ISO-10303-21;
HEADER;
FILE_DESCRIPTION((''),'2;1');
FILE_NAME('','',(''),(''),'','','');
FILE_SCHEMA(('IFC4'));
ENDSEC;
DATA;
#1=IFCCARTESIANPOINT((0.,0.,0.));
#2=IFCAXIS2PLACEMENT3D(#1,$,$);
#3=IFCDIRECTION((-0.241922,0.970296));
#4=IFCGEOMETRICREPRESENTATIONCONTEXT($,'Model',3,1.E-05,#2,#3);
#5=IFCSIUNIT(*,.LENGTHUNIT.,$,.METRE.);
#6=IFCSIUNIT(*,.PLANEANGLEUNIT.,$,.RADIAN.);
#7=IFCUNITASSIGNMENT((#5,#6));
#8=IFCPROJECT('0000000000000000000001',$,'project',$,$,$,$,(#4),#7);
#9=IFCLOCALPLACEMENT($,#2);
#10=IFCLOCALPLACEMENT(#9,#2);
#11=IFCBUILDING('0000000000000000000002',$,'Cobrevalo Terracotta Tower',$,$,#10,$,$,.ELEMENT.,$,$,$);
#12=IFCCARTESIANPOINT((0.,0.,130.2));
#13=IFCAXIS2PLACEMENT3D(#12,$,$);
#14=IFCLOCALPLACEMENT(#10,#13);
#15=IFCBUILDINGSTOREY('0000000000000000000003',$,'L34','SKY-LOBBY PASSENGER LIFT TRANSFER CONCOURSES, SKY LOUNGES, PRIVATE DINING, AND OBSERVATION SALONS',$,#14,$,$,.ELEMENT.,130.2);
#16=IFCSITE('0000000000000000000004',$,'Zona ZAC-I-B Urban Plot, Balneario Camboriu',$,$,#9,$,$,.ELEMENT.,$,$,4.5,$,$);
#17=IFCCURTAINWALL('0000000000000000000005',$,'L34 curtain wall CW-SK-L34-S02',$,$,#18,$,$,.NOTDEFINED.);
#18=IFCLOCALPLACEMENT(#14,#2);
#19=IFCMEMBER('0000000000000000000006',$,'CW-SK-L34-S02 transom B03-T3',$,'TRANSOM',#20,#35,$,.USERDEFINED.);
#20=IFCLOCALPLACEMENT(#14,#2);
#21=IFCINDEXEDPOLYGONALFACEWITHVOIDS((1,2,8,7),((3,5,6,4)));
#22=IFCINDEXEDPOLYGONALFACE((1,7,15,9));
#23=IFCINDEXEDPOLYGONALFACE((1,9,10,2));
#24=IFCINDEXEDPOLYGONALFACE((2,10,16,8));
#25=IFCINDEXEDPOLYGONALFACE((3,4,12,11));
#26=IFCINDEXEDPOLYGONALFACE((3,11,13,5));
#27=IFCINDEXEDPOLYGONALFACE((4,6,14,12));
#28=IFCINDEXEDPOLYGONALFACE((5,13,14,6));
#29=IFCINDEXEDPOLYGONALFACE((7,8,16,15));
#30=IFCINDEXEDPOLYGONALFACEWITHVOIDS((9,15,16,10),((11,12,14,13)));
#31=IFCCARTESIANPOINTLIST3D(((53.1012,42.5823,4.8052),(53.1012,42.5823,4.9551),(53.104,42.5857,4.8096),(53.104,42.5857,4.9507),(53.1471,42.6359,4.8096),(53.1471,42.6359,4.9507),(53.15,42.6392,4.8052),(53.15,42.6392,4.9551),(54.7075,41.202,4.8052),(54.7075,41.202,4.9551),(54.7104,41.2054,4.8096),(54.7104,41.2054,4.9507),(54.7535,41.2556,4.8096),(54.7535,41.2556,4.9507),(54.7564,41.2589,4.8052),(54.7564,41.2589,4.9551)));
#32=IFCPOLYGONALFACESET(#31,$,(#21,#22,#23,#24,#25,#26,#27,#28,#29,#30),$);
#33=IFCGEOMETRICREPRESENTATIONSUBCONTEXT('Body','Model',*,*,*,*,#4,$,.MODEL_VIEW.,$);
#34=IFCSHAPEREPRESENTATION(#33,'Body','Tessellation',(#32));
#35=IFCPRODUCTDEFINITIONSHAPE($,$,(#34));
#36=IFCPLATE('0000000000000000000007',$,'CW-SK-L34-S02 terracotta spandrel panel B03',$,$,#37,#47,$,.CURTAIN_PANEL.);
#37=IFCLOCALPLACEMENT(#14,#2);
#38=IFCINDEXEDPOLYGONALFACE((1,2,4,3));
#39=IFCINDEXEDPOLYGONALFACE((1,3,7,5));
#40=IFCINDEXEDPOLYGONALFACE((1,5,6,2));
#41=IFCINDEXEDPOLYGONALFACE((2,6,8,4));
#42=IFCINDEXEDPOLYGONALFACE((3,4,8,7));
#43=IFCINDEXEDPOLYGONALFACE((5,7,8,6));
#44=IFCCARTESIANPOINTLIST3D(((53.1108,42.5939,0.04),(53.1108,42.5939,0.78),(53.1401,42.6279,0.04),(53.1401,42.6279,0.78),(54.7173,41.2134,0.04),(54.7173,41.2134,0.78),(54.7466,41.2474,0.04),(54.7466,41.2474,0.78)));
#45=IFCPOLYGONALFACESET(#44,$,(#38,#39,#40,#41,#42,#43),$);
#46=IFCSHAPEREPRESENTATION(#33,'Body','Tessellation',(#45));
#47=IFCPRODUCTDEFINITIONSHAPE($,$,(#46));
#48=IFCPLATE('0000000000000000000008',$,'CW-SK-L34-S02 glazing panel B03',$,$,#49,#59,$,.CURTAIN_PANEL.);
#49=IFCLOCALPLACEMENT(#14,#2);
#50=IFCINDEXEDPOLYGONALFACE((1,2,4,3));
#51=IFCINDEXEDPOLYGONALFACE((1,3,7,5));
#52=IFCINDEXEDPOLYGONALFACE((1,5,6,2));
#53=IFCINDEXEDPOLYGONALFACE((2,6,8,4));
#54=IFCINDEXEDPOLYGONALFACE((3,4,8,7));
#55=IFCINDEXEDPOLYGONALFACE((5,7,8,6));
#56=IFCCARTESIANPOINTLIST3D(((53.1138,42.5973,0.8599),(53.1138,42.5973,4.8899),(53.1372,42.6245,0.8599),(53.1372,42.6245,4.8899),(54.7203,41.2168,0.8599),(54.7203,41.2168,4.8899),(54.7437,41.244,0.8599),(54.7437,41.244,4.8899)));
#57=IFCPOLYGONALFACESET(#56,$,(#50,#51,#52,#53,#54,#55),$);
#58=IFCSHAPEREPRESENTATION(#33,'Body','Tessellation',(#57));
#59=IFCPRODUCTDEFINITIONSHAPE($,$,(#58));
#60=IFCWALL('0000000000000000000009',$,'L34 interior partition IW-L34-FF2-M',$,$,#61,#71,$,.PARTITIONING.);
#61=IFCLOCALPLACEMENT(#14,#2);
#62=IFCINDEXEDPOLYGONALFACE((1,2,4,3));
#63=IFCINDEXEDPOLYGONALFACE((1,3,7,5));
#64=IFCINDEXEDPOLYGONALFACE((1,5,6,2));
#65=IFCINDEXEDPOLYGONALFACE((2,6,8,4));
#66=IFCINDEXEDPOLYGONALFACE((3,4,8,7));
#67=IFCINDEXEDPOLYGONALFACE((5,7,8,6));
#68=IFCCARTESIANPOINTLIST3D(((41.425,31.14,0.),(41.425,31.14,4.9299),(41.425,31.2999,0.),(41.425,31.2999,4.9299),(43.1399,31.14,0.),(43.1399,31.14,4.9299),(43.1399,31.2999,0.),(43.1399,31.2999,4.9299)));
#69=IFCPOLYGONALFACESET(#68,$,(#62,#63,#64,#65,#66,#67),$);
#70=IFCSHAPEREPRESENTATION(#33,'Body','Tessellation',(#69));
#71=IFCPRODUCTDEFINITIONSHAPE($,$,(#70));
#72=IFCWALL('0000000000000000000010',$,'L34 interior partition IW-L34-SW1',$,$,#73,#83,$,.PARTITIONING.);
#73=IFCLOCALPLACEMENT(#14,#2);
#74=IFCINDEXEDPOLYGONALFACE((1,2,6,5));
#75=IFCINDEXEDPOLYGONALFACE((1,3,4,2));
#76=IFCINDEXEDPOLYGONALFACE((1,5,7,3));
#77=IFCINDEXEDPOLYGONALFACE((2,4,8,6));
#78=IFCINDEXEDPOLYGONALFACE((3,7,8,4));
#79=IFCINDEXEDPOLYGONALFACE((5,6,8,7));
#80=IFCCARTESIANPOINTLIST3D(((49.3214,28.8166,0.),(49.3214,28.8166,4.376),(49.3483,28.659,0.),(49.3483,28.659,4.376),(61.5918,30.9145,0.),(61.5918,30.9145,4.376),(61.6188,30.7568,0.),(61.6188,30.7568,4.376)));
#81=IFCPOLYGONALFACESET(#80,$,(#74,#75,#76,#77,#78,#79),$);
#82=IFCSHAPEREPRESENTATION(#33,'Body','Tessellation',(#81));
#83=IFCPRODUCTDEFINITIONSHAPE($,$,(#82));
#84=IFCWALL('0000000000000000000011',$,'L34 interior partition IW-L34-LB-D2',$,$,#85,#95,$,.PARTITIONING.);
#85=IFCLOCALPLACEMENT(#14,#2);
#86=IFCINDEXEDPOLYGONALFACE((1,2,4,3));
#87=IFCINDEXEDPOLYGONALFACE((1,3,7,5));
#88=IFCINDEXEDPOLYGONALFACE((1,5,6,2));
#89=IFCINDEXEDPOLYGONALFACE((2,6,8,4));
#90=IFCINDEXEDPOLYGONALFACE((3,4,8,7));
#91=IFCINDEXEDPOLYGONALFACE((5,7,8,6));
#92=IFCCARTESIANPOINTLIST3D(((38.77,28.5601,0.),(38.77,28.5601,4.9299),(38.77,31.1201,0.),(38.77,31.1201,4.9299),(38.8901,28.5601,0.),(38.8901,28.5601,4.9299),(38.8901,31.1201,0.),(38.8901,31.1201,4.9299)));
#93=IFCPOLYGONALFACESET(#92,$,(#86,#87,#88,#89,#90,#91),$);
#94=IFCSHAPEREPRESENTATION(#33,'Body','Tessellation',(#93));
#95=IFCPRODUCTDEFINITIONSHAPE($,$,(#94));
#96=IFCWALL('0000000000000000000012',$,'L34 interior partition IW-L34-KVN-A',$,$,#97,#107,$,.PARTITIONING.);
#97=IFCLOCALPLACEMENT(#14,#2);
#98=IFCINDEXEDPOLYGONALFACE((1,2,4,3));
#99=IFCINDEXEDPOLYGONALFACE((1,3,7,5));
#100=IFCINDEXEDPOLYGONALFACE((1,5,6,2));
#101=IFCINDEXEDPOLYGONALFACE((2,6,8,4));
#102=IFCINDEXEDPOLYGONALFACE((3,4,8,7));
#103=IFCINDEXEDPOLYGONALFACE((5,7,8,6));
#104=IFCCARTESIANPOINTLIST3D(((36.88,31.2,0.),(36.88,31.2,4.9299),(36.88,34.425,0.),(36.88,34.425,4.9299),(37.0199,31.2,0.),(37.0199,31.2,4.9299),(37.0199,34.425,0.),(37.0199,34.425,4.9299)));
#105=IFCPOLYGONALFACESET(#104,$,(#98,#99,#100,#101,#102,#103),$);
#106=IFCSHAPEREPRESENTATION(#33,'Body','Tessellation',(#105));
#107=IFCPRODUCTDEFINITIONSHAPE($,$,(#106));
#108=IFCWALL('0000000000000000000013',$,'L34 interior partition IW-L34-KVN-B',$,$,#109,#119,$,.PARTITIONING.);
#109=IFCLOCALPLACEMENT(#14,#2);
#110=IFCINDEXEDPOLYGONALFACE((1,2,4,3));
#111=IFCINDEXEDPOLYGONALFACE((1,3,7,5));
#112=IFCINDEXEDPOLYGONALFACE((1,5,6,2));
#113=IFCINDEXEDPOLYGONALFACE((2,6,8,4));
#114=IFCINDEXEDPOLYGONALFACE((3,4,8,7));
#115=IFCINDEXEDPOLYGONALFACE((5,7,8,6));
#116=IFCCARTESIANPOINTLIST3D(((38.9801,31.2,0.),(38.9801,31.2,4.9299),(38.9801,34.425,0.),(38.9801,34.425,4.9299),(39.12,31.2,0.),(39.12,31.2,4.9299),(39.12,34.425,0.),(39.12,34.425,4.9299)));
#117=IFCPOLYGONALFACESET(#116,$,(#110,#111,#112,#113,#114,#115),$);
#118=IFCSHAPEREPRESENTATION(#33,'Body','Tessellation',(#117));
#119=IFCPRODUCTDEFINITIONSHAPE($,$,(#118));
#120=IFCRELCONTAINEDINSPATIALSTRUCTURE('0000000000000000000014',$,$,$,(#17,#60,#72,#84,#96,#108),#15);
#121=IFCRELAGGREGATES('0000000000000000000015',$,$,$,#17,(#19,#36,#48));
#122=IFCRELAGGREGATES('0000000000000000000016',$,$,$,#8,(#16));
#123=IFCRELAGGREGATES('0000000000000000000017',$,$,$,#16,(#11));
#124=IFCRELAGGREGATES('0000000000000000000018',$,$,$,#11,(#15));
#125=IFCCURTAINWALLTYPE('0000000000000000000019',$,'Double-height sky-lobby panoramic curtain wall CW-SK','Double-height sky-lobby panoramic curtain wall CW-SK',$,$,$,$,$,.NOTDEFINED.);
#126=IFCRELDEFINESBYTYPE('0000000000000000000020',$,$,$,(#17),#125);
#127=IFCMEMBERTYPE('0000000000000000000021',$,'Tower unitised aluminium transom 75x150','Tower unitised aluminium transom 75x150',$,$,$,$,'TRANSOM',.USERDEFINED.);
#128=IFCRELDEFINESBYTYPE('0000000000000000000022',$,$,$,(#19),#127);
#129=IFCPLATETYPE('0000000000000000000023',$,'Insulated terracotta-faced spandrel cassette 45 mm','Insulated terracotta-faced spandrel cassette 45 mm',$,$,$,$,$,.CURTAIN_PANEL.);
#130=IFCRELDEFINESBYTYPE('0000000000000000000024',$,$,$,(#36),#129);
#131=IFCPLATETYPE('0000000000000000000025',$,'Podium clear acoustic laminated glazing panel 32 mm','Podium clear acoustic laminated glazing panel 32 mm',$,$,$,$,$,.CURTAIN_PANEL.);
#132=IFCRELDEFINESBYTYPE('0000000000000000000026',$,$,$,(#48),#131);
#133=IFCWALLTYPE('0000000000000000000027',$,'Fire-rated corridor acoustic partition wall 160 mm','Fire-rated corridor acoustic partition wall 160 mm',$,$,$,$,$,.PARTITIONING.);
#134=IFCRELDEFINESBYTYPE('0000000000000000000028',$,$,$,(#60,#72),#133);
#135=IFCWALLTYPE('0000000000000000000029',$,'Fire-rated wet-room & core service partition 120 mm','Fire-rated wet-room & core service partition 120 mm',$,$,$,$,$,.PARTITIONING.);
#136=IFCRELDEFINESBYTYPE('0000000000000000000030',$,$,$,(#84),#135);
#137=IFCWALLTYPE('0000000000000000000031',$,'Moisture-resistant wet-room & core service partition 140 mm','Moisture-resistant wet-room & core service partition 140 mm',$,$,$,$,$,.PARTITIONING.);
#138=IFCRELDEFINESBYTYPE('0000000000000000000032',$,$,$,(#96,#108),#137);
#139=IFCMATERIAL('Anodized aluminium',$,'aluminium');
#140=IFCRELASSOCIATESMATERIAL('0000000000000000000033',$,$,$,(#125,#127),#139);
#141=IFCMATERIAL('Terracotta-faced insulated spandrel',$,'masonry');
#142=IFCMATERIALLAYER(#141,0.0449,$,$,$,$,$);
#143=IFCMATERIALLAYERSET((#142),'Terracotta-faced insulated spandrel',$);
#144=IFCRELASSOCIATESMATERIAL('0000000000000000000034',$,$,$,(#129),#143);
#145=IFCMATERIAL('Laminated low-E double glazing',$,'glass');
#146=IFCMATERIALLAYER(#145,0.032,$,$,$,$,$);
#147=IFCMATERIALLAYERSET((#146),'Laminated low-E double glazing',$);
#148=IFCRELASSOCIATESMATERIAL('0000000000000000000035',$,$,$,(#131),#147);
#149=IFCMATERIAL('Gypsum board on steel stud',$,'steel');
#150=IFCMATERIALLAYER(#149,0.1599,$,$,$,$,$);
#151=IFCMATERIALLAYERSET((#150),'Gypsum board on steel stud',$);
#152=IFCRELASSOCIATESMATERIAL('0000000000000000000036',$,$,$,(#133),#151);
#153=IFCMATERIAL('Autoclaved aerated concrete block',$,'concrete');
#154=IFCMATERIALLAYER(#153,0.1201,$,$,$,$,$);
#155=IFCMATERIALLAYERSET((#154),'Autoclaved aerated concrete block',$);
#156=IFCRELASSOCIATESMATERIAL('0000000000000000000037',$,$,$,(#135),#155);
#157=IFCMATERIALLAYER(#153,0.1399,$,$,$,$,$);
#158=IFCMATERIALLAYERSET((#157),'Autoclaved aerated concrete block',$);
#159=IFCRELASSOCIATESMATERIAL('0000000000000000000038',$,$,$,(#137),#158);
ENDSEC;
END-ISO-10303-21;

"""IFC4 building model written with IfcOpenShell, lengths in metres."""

from ifc_helpers import new_model, si_unit, direction, frame, frame_2d, origin, origin_2d, place, context, subcontext, project, spatial, rectangle, hollow_rectangle, extrude, source, transform, mapped, material, layer, layer_set, material_profile, profile_set, type_object, element, aggregate, save


model = new_model("IFC4")

# Units and contexts
model_context = context("Model", 3, precision=1e-05, world=origin(), true_north=direction((-0.241922, 0.970296)))
body_context = subcontext(model_context, "Body", "Model", "MODEL_VIEW")
ifc_project = project(units=[si_unit("LENGTHUNIT", "METRE"), si_unit("PLANEANGLEUNIT", "RADIAN")], contexts=[model_context])

# Site, building, storey
site_placement = place(None, origin())
site = spatial("IfcSite", under=ifc_project, at=site_placement, Name="Zona ZAC-I-B Urban Plot, Balneario Camboriu", CompositionType="ELEMENT", RefElevation=4.5)
building_placement = place(site_placement, origin())
building = spatial("IfcBuilding", under=site, at=building_placement, Name="Cobrevalo Terracotta Tower", CompositionType="ELEMENT")
storey_placement = place(building_placement, frame((0.0, 0.0, 130.2)))
storey = spatial("IfcBuildingStorey", under=building, at=storey_placement, Name="L34", Description="SKY-LOBBY PASSENGER LIFT TRANSFER CONCOURSES, SKY LOUNGES, PRIVATE DINING, AND OBSERVATION SALONS", CompositionType="ELEMENT", Elevation=130.2)

# Curtain wall, member, plates
ifc_material_1 = material(Name="Anodized aluminium", Category="aluminium")
curtain_wall_type = type_object("IfcCurtainWallType", Name="Double-height sky-lobby panoramic curtain wall CW-SK", Description="Double-height sky-lobby panoramic curtain wall CW-SK", PredefinedType="NOTDEFINED", material=ifc_material_1)
curtain_wall_placement = place(storey_placement, origin())
curtain_wall = element("IfcCurtainWall", 1, at=curtain_wall_placement, inside=storey, type_object=curtain_wall_type, Name="L34 curtain wall CW-SK-L34-S02", PredefinedType="NOTDEFINED")
ifc_material_profile_1 = material_profile(ifc_material_1, hollow_rectangle(XDim=0.075, YDim=0.1499, WallThickness=0.0044, at=origin_2d()), Name="CWT 75x150")
ifc_profile_set_1 = profile_set([ifc_material_profile_1], Name="Anodized aluminium")
member_type_1 = type_object("IfcMemberType", Name="Tower unitised aluminium transom 75x150", Description="Tower unitised aluminium transom 75x150", ElementType="TRANSOM", PredefinedType="USERDEFINED", material=ifc_profile_set_1)
shared_shape_1 = source(origin(), body_context, "Body", "SweptSolid", [
    extrude(hollow_rectangle(XDim=0.075, YDim=0.1499, WallThickness=0.0044, at=origin_2d()), origin(), (0.0, 0.0, 1.0), 2.1179),
])
member_1_placement = place(storey_placement, frame((54.7319, 41.2305, 4.8801), z_axis=(-0.758459, 0.651721, 0.0), x_axis=(-0.651721, -0.758459, 0.0)))
member_1 = element("IfcMember", 2, at=member_1_placement, type_object=member_type_1, Name="CW-SK-L34-S02 transom B03-T3", ObjectType="TRANSOM", PredefinedType="USERDEFINED", context=body_context, shape_type="MappedRepresentation", body=[
    mapped(shared_shape_1, transform((0.0, 0.0, 0.0), scale=1.0)),
])
ifc_material_2 = material(Name="Terracotta-faced insulated spandrel", Category="masonry")
ifc_layer_1 = layer(ifc_material_2, 0.0449)
ifc_layer_set_1 = layer_set([ifc_layer_1], Name="Terracotta-faced insulated spandrel")
plate_type_1 = type_object("IfcPlateType", Name="Insulated terracotta-faced spandrel cassette 45 mm", Description="Insulated terracotta-faced spandrel cassette 45 mm", PredefinedType="CURTAIN_PANEL", material=ifc_layer_set_1)
shared_shape_2 = source(origin(), body_context, "Body", "SweptSolid", [
    extrude(rectangle(XDim=2.1182, YDim=0.0449, at=origin_2d()), origin(), (0.0, 0.0, 1.0), 0.74),
])
plate_1_placement = place(storey_placement, frame((53.9287, 41.9207, 0.04), z_axis=(0.0, 0.0, 1.0), x_axis=(-0.758437, 0.651746, 0.0)))
plate_1 = element("IfcPlate", 3, at=plate_1_placement, type_object=plate_type_1, Name="CW-SK-L34-S02 terracotta spandrel panel B03", PredefinedType="CURTAIN_PANEL", context=body_context, shape_type="MappedRepresentation", body=[
    mapped(shared_shape_2, transform((0.0, 0.0, 0.0), scale=1.0)),
])
ifc_material_3 = material(Name="Laminated low-E double glazing", Category="glass")
ifc_layer_2 = layer(ifc_material_3, 0.032)
ifc_layer_set_2 = layer_set([ifc_layer_2], Name="Laminated low-E double glazing")
plate_type_2 = type_object("IfcPlateType", Name="Podium clear acoustic laminated glazing panel 32 mm", Description="Podium clear acoustic laminated glazing panel 32 mm", PredefinedType="CURTAIN_PANEL", material=ifc_layer_set_2)
shared_shape_3 = source(origin(), body_context, "Body", "SweptSolid", [
    extrude(rectangle(XDim=2.1182, YDim=0.0359, at=origin_2d()), origin(), (0.0, 0.0, 1.0), 4.03),
])
plate_2_placement = place(storey_placement, frame((53.9287, 41.9207, 0.8599), z_axis=(0.0, 0.0, 1.0), x_axis=(-0.758437, 0.651746, 0.0)))
plate_2 = element("IfcPlate", 4, at=plate_2_placement, type_object=plate_type_2, Name="CW-SK-L34-S02 glazing panel B03", PredefinedType="CURTAIN_PANEL", context=body_context, shape_type="MappedRepresentation", body=[
    mapped(shared_shape_3, transform((0.0, 0.0, 0.0), scale=1.0)),
])
aggregate(curtain_wall, [member_1, plate_1, plate_2])

# Walls
ifc_material_4 = material(Name="Gypsum board on steel stud", Category="steel")
ifc_layer_3 = layer(ifc_material_4, 0.1599)
ifc_layer_set_3 = layer_set([ifc_layer_3], Name="Gypsum board on steel stud")
wall_type_1 = type_object("IfcWallType", Name="Fire-rated corridor acoustic partition wall 160 mm", Description="Fire-rated corridor acoustic partition wall 160 mm", PredefinedType="PARTITIONING", material=ifc_layer_set_3)
wall_1_placement = place(storey_placement, frame((41.425, 31.22, 0.0), z_axis=(0.0, 0.0, 1.0), x_axis=(1.0, 0.0, 0.0)))
element("IfcWall", 5, at=wall_1_placement, inside=storey, type_object=wall_type_1, Name="L34 interior partition IW-L34-FF2-M", PredefinedType="PARTITIONING", context=body_context, shape_type="SweptSolid", body=[
    extrude(rectangle(XDim=1.7148, YDim=0.1599, at=frame_2d((0.8574, 0.0))), origin(), (0.0, 0.0, 1.0), 4.9299),
])
wall_2_placement = place(storey_placement, frame((49.335, 28.7378, 0.0), z_axis=(0.0, 0.0, 1.0), x_axis=(0.985697, 0.168526, 0.0)))
element("IfcWall", 6, at=wall_2_placement, inside=storey, type_object=wall_type_1, Name="L34 interior partition IW-L34-SW1", PredefinedType="PARTITIONING", context=body_context, shape_type="SweptSolid", body=[
    extrude(rectangle(XDim=12.4485, YDim=0.1599, at=frame_2d((6.2241, 0.0))), origin(), (0.0, 0.0, 1.0), 4.376),
])
ifc_material_5 = material(Name="Autoclaved aerated concrete block", Category="concrete")
ifc_layer_4 = layer(ifc_material_5, 0.1201)
ifc_layer_set_4 = layer_set([ifc_layer_4], Name="Autoclaved aerated concrete block")
wall_type_2 = type_object("IfcWallType", Name="Fire-rated wet-room & core service partition 120 mm", Description="Fire-rated wet-room & core service partition 120 mm", PredefinedType="PARTITIONING", material=ifc_layer_set_4)
wall_3_placement = place(storey_placement, frame((38.8301, 28.5601, 0.0), z_axis=(0.0, 0.0, 1.0), x_axis=(0.0, 1.0, 0.0)))
element("IfcWall", 7, at=wall_3_placement, inside=storey, type_object=wall_type_2, Name="L34 interior partition IW-L34-LB-D2", PredefinedType="PARTITIONING", context=body_context, shape_type="SweptSolid", body=[
    extrude(rectangle(XDim=2.5601, YDim=0.1201, at=frame_2d((1.28, 0.0))), origin(), (0.0, 0.0, 1.0), 4.9299),
])
ifc_layer_5 = layer(ifc_material_5, 0.1399)
ifc_layer_set_5 = layer_set([ifc_layer_5], Name="Autoclaved aerated concrete block")
wall_type_3 = type_object("IfcWallType", Name="Moisture-resistant wet-room & core service partition 140 mm", Description="Moisture-resistant wet-room & core service partition 140 mm", PredefinedType="PARTITIONING", material=ifc_layer_set_5)
for number, where, z_axis, x_axis, name in (
    (8, (36.95, 31.2, 0.0), (0.0, 0.0, 1.0), (0.0, 1.0, 0.0), "L34 interior partition IW-L34-KVN-A"),
    (9, (39.05, 31.2, 0.0), (0.0, 0.0, 1.0), (0.0, 1.0, 0.0), "L34 interior partition IW-L34-KVN-B"),
):
    element("IfcWall", number, at=place(storey_placement, frame(where, z_axis=z_axis, x_axis=x_axis)), inside=storey, type_object=wall_type_3, Name=name, PredefinedType="PARTITIONING", context=body_context, shape_type="SweptSolid", body=[
        extrude(rectangle(XDim=3.2251, YDim=0.1399, at=frame_2d((1.6125, 0.0))), origin(), (0.0, 0.0, 1.0), 4.9299),
    ])

save(model, "model.ifc")
